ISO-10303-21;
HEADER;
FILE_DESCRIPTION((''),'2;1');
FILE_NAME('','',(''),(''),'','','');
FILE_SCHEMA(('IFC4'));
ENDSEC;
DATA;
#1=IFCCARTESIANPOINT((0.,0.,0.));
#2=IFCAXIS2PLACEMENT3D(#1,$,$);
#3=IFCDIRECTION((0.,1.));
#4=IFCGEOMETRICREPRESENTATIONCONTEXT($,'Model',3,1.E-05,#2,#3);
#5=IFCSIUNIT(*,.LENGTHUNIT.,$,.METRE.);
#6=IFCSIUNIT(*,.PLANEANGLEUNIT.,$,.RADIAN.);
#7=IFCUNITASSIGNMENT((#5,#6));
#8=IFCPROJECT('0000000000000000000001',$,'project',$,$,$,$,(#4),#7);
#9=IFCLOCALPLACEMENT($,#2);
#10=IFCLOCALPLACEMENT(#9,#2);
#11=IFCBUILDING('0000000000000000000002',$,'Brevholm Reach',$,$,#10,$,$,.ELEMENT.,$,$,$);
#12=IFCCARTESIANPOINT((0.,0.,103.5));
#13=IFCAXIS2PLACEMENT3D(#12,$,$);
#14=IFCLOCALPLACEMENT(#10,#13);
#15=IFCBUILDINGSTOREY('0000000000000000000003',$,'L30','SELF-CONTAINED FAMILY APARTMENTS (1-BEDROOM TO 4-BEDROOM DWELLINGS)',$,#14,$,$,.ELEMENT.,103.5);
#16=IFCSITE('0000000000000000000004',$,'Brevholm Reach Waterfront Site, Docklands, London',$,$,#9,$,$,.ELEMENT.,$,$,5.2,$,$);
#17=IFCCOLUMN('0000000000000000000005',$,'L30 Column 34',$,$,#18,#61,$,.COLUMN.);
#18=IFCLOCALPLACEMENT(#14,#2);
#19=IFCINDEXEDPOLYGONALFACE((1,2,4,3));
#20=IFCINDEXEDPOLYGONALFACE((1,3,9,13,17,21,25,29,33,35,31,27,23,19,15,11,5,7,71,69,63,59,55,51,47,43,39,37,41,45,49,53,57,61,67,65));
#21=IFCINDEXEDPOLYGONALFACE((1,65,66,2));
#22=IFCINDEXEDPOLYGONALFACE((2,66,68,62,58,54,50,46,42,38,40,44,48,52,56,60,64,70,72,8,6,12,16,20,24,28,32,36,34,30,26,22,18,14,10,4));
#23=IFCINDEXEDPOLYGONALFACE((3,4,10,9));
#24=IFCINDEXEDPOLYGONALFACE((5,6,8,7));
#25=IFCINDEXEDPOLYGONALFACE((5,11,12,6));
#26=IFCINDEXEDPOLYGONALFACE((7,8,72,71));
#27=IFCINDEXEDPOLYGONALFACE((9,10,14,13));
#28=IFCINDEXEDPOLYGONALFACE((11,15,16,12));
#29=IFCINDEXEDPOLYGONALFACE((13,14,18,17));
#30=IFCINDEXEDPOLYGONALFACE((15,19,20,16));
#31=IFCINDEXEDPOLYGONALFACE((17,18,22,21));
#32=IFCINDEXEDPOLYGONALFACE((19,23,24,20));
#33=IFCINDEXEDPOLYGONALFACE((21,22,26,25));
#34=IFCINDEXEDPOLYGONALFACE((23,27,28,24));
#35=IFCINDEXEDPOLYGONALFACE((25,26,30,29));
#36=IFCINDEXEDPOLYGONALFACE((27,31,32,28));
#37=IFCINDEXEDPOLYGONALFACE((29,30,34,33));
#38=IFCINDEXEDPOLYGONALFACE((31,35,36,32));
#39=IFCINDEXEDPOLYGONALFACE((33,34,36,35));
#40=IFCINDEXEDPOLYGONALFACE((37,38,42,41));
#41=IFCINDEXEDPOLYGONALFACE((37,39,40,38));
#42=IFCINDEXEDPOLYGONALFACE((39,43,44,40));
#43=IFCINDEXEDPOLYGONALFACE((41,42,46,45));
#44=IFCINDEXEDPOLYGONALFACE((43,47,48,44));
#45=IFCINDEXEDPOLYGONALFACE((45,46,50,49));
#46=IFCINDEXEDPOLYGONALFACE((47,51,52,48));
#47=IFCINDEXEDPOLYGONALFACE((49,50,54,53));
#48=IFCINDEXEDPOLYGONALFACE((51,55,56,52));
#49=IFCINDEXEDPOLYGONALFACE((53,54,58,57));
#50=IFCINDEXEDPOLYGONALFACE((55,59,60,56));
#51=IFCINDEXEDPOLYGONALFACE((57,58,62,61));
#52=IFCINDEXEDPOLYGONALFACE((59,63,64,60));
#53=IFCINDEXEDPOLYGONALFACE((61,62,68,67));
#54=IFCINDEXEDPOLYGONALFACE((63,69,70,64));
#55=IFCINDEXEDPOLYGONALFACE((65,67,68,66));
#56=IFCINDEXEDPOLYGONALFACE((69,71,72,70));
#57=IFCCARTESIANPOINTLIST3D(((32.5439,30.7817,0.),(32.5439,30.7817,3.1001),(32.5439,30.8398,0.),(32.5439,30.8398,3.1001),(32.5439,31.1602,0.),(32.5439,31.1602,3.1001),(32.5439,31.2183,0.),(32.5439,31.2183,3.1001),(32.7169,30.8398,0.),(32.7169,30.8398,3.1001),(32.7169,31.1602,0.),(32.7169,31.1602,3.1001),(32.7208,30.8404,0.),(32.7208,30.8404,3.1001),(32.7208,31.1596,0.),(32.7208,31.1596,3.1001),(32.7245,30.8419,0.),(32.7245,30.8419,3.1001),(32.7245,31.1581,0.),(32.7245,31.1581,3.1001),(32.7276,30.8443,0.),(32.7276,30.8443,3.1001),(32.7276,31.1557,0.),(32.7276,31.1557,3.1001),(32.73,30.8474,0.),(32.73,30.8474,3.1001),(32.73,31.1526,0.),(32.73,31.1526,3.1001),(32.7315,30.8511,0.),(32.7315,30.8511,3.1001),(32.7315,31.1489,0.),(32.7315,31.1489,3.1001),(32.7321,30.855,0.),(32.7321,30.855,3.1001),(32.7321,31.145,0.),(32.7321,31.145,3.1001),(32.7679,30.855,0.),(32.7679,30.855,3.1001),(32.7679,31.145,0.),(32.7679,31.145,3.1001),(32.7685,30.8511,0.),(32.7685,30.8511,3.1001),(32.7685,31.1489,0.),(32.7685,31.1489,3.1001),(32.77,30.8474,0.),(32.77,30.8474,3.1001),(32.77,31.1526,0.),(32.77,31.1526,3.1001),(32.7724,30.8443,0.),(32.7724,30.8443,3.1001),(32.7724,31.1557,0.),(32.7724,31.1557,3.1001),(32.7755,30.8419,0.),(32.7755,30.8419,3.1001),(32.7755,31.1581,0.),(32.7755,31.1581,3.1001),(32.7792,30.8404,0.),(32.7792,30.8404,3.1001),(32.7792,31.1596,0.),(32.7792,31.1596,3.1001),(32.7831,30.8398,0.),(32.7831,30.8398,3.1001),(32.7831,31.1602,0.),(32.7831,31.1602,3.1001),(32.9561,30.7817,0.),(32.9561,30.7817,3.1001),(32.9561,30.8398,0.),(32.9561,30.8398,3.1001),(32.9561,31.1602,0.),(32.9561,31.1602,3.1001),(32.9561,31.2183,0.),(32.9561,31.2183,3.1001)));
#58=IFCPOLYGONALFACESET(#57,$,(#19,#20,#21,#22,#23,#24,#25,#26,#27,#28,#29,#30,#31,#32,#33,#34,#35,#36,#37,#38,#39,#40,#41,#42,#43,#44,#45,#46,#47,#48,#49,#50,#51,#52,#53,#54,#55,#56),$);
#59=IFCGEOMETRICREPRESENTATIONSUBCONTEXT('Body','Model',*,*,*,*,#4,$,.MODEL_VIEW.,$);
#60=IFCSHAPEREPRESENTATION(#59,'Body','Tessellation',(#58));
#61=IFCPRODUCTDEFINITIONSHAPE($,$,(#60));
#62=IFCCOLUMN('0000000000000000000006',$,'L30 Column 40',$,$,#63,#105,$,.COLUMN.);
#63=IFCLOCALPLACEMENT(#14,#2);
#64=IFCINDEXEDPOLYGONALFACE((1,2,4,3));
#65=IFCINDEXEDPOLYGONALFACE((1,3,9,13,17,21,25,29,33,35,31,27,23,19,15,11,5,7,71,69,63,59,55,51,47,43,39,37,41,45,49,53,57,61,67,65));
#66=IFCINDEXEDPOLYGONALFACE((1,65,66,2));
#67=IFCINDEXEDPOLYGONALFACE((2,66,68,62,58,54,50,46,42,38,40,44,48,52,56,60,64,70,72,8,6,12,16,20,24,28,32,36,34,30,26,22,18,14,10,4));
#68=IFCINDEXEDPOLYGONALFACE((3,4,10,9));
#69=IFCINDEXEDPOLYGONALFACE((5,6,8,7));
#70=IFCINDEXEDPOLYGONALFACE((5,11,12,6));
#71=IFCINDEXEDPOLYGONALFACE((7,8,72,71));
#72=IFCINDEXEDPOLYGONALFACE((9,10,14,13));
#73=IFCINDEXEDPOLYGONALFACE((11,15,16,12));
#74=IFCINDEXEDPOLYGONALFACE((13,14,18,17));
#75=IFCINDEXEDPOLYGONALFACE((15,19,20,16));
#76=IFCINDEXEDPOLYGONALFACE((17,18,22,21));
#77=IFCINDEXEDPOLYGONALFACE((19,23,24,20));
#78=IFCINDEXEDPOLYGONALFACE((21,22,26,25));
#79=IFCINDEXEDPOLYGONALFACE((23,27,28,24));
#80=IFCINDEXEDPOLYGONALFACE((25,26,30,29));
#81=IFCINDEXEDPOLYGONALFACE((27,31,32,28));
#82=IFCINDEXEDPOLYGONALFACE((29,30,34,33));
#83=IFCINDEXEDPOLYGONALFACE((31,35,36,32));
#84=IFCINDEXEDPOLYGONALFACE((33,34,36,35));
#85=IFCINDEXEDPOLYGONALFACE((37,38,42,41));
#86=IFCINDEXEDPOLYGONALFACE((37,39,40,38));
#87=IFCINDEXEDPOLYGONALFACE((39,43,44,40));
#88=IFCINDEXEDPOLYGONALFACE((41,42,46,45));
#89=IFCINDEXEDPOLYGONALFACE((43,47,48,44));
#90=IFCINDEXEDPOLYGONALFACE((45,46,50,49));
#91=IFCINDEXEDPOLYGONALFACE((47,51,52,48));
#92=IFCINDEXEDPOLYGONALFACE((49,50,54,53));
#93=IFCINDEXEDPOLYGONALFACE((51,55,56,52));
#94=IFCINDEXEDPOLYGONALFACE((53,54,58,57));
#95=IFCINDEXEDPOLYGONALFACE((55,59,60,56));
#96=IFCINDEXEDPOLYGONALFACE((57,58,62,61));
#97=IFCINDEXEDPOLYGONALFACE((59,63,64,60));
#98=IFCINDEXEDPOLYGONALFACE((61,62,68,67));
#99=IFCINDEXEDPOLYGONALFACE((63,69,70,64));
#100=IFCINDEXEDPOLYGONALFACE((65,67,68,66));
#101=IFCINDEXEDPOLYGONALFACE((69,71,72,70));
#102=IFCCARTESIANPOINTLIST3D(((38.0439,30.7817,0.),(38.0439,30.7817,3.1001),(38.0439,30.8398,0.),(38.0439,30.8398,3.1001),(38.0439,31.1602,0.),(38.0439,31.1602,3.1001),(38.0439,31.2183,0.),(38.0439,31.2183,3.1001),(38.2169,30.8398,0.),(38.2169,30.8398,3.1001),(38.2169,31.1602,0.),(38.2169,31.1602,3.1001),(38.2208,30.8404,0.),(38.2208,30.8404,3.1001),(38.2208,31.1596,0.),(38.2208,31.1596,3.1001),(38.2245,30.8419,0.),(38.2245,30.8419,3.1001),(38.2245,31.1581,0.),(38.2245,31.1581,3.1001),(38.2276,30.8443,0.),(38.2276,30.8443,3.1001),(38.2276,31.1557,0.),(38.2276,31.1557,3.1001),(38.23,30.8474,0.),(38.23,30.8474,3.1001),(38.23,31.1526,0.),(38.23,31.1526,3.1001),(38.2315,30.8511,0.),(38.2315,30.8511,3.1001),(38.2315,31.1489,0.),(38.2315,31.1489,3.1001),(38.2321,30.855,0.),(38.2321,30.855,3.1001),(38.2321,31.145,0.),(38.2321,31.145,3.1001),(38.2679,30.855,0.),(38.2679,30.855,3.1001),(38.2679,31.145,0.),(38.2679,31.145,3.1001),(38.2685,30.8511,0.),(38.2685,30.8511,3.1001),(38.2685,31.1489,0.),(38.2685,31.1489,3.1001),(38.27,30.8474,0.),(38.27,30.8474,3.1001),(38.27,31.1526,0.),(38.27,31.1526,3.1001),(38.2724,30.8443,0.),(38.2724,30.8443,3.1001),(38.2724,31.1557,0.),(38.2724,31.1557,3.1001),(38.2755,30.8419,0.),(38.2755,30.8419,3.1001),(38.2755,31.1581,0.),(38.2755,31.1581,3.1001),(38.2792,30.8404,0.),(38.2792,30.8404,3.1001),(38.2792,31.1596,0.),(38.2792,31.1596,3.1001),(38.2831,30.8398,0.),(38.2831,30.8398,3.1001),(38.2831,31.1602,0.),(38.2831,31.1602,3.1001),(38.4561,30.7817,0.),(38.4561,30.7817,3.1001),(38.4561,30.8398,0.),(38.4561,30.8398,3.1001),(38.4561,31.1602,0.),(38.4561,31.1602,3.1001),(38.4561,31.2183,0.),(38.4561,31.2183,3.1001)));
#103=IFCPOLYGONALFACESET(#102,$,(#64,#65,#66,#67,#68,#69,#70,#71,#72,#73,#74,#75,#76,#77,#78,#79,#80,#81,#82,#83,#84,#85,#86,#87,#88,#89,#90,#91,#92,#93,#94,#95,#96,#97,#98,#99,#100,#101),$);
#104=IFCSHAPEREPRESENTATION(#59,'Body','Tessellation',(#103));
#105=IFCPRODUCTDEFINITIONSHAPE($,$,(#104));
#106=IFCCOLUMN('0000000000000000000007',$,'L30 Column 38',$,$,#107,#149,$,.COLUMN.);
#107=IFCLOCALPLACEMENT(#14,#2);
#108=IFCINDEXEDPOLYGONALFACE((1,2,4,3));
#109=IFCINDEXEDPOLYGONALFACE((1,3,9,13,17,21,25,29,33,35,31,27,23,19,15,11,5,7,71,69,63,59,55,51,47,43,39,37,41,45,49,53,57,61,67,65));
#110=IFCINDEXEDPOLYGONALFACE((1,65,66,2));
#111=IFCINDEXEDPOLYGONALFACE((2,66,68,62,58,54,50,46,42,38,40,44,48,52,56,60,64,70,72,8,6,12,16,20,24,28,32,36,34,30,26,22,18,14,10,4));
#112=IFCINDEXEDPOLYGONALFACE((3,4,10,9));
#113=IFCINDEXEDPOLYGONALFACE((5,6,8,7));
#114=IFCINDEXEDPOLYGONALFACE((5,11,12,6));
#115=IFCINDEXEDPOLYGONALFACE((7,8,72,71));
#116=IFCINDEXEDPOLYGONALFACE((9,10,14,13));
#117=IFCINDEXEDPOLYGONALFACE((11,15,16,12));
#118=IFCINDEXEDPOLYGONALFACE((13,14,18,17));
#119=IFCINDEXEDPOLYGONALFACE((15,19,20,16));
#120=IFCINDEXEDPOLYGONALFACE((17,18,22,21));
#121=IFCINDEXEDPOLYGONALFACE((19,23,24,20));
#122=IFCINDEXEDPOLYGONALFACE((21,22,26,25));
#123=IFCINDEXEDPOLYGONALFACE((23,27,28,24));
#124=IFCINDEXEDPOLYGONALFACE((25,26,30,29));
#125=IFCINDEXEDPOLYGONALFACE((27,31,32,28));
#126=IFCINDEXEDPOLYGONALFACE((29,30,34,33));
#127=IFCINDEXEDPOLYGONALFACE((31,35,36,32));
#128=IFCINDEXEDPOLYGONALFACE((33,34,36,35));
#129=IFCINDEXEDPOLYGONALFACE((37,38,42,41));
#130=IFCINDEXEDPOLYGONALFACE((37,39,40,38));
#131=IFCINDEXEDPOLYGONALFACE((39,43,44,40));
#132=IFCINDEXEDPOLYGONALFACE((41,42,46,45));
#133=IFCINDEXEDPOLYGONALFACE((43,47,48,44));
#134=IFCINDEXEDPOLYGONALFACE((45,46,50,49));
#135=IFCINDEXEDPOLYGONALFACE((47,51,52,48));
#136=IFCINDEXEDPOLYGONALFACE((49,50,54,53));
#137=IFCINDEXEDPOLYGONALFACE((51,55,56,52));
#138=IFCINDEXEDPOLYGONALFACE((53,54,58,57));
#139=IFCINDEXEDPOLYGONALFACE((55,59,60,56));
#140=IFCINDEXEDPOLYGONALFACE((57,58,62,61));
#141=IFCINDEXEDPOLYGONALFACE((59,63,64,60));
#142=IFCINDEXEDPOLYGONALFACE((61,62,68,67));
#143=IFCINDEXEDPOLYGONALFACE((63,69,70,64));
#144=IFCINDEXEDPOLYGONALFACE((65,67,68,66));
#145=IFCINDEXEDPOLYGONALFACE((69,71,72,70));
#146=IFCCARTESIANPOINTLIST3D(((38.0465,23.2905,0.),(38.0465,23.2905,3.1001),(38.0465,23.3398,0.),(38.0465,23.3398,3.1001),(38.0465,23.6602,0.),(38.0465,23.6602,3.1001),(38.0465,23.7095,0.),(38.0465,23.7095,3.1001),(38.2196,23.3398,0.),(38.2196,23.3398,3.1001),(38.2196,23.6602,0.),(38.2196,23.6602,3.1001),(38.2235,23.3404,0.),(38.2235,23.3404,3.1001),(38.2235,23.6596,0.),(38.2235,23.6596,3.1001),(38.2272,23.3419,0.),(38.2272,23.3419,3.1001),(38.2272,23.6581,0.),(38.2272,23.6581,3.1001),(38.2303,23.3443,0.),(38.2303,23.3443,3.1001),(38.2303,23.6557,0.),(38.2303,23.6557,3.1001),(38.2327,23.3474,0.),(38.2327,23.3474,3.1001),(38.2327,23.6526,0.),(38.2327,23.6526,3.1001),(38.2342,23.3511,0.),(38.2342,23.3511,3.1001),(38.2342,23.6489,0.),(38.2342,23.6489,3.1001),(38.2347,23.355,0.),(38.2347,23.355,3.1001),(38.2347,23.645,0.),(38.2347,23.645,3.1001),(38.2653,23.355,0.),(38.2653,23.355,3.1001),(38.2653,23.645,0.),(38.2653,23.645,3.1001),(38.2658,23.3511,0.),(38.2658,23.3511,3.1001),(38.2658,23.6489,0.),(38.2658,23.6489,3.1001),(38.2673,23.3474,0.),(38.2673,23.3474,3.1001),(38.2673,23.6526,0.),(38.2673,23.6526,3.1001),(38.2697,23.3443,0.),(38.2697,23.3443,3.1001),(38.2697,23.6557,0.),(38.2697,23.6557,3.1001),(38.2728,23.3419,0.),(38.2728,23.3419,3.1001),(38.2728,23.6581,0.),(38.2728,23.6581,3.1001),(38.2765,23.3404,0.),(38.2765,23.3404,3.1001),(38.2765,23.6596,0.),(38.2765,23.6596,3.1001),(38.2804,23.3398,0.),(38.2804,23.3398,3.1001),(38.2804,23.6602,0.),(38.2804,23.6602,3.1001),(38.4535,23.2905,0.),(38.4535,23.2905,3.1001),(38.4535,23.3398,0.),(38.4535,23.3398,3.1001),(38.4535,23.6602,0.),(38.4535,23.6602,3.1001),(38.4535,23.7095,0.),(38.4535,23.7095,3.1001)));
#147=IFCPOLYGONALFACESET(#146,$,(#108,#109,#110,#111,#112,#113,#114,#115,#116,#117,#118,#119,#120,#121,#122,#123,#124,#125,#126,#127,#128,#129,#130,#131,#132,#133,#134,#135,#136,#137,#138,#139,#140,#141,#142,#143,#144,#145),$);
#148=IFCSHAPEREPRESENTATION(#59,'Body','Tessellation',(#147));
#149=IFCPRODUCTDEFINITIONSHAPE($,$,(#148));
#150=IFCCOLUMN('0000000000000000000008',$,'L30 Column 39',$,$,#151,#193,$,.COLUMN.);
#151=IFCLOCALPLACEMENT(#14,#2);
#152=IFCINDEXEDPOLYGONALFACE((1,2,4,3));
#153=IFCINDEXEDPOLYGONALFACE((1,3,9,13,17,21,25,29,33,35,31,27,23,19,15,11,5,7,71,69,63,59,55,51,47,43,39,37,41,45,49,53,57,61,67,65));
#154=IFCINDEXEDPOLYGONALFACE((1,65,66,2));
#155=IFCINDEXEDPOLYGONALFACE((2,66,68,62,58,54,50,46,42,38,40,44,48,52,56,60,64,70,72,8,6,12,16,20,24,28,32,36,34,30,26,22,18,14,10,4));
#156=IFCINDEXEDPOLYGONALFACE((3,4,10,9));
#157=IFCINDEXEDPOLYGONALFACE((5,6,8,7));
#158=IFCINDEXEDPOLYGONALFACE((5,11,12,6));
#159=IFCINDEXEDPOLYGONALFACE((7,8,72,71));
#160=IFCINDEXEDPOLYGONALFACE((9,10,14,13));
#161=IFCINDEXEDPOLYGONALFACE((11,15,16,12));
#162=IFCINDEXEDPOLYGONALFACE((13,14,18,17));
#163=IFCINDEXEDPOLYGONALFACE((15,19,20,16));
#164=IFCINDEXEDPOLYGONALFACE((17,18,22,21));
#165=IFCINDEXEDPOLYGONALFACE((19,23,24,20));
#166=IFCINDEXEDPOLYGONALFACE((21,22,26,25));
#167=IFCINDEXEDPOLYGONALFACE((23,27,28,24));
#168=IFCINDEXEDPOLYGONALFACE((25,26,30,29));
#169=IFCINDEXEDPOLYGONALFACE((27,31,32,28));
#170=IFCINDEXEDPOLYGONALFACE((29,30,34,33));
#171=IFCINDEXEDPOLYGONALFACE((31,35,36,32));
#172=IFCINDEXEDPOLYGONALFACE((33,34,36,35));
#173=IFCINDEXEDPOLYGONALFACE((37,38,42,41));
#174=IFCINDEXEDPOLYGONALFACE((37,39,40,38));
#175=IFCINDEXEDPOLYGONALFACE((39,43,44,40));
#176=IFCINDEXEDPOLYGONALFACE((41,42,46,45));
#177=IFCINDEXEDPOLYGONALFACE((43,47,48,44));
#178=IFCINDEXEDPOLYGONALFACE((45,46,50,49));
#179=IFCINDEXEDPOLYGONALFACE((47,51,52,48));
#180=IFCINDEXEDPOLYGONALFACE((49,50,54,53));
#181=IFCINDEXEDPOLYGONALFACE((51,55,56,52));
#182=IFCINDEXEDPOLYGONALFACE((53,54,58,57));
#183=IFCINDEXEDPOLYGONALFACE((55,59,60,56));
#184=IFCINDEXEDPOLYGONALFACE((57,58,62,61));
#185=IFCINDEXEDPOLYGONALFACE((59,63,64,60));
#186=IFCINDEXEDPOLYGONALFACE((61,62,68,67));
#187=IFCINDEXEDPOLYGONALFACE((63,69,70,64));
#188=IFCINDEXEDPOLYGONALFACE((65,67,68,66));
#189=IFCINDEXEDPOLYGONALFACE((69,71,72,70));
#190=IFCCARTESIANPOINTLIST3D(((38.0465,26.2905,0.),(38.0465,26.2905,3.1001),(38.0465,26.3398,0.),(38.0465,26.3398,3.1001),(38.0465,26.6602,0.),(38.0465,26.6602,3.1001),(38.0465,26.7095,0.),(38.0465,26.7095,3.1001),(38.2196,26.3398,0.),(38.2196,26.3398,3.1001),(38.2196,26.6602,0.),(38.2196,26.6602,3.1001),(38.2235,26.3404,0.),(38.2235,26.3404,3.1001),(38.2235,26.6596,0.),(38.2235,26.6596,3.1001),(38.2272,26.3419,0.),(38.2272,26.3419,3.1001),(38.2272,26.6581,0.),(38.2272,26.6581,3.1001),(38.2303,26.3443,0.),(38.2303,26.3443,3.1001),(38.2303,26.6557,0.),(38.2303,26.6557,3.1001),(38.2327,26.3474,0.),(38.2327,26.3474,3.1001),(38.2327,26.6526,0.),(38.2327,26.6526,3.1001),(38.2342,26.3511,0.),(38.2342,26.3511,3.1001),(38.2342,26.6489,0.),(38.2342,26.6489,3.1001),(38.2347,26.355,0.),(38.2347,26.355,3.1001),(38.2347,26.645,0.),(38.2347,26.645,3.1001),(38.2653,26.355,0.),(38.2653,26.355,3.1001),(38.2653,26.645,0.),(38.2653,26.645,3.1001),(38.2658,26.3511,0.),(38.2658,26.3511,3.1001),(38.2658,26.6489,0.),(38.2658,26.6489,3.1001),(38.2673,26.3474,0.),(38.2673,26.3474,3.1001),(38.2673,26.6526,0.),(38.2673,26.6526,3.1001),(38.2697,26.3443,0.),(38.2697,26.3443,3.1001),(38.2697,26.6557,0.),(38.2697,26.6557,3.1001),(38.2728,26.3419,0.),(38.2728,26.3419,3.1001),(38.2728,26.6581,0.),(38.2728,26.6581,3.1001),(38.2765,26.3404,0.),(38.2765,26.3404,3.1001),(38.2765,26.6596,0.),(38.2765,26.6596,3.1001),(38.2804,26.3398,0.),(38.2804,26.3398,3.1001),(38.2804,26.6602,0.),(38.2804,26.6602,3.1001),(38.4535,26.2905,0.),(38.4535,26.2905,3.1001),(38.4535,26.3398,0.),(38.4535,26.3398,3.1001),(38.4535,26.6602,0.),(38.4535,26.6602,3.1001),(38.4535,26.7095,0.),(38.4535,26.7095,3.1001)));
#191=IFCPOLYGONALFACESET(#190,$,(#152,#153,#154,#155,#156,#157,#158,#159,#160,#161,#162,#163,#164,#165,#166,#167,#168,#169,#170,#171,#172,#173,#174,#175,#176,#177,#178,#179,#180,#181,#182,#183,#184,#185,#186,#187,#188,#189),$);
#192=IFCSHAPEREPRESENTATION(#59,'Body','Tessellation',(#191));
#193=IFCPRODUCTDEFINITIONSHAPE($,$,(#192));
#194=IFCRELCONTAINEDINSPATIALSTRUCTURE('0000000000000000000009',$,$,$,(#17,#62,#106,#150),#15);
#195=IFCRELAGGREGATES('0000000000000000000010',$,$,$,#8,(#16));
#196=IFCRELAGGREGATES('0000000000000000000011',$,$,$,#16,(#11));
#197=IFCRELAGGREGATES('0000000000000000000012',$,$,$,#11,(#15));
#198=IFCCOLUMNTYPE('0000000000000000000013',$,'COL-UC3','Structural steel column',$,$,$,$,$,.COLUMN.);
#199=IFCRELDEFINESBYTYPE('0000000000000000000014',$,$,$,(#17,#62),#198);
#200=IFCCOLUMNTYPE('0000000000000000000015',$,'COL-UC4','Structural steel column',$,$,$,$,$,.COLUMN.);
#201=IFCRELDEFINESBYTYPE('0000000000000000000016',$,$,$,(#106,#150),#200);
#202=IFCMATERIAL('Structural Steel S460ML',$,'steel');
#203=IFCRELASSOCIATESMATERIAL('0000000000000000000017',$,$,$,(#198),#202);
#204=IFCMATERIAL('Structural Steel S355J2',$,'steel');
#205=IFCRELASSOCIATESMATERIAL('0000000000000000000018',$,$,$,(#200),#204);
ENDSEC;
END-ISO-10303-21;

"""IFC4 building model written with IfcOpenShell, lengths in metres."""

from ifc_helpers import new_model, si_unit, direction, frame, origin, origin_2d, place, context, subcontext, project, spatial, i_section, extrude, material, material_profile, profile_set, type_object, element, save


model = new_model("IFC4")

# Units and contexts
model_context = context("Model", 3, precision=1e-05, world=origin(), true_north=direction((0.0, 1.0)))
body_context = subcontext(model_context, "Body", "Model", "MODEL_VIEW")
ifc_project = project(units=[si_unit("LENGTHUNIT", "METRE"), si_unit("PLANEANGLEUNIT", "RADIAN")], contexts=[model_context])

# Site, building, storey
site_placement = place(None, origin())
site = spatial("IfcSite", under=ifc_project, at=site_placement, Name="Brevholm Reach Waterfront Site, Docklands, London", CompositionType="ELEMENT", RefElevation=5.2)
building_placement = place(site_placement, origin())
building = spatial("IfcBuilding", under=site, at=building_placement, Name="Brevholm Reach", CompositionType="ELEMENT")
storey_placement = place(building_placement, frame((0.0, 0.0, 103.5)))
storey = spatial("IfcBuildingStorey", under=building, at=storey_placement, Name="L30", Description="SELF-CONTAINED FAMILY APARTMENTS (1-BEDROOM TO 4-BEDROOM DWELLINGS)", CompositionType="ELEMENT", Elevation=103.5)

# Columns
ifc_material_1 = material(Name="Structural Steel S460ML", Category="steel")
ifc_material_profile_1 = material_profile(ifc_material_1, i_section(OverallWidth=0.4121, OverallDepth=0.4365, WebThickness=0.0359, FlangeThickness=0.0581, FilletRadius=0.0151, at=origin_2d()), Name="UKC 356x406x467")
ifc_profile_set_1 = profile_set([ifc_material_profile_1], Name="Structural Steel S460ML")
column_type_1 = type_object("IfcColumnType", Name="COL-UC3", Description="Structural steel column", PredefinedType="COLUMN", material=ifc_profile_set_1)
for number, where, z_axis, x_axis, name in (
    (1, (32.75, 31.0, 0.0), (0.0, 0.0, 1.0), (1.0, 0.0, 0.0), "L30 Column 34"),
    (2, (38.25, 31.0, 0.0), (0.0, 0.0, 1.0), (1.0, 0.0, 0.0), "L30 Column 40"),
):
    element("IfcColumn", number, at=place(storey_placement, frame(where, z_axis=z_axis, x_axis=x_axis)), inside=storey, type_object=column_type_1, Name=name, PredefinedType="COLUMN", context=body_context, shape_type="SweptSolid", body=[
        extrude(i_section(OverallWidth=0.4121, OverallDepth=0.4365, WebThickness=0.0359, FlangeThickness=0.0581, FilletRadius=0.0151, at=origin_2d()), origin(), (0.0, 0.0, 1.0), 3.1001),
    ])
ifc_material_2 = material(Name="Structural Steel S355J2", Category="steel")
ifc_material_profile_2 = material_profile(ifc_material_2, i_section(OverallWidth=0.407, OverallDepth=0.4189, WebThickness=0.0305, FlangeThickness=0.0493, FilletRadius=0.0151, at=origin_2d()), Name="UKC 356x406x393")
ifc_profile_set_2 = profile_set([ifc_material_profile_2], Name="Structural Steel S355J2")
column_type_2 = type_object("IfcColumnType", Name="COL-UC4", Description="Structural steel column", PredefinedType="COLUMN", material=ifc_profile_set_2)
for number, where, z_axis, x_axis, name in (
    (3, (38.25, 23.5, 0.0), (0.0, 0.0, 1.0), (1.0, 0.0, 0.0), "L30 Column 38"),
    (4, (38.25, 26.5, 0.0), (0.0, 0.0, 1.0), (1.0, 0.0, 0.0), "L30 Column 39"),
):
    element("IfcColumn", number, at=place(storey_placement, frame(where, z_axis=z_axis, x_axis=x_axis)), inside=storey, type_object=column_type_2, Name=name, PredefinedType="COLUMN", context=body_context, shape_type="SweptSolid", body=[
        extrude(i_section(OverallWidth=0.407, OverallDepth=0.4189, WebThickness=0.0305, FlangeThickness=0.0493, FilletRadius=0.0151, at=origin_2d()), origin(), (0.0, 0.0, 1.0), 3.1001),
    ])

save(model, "model.ifc")
